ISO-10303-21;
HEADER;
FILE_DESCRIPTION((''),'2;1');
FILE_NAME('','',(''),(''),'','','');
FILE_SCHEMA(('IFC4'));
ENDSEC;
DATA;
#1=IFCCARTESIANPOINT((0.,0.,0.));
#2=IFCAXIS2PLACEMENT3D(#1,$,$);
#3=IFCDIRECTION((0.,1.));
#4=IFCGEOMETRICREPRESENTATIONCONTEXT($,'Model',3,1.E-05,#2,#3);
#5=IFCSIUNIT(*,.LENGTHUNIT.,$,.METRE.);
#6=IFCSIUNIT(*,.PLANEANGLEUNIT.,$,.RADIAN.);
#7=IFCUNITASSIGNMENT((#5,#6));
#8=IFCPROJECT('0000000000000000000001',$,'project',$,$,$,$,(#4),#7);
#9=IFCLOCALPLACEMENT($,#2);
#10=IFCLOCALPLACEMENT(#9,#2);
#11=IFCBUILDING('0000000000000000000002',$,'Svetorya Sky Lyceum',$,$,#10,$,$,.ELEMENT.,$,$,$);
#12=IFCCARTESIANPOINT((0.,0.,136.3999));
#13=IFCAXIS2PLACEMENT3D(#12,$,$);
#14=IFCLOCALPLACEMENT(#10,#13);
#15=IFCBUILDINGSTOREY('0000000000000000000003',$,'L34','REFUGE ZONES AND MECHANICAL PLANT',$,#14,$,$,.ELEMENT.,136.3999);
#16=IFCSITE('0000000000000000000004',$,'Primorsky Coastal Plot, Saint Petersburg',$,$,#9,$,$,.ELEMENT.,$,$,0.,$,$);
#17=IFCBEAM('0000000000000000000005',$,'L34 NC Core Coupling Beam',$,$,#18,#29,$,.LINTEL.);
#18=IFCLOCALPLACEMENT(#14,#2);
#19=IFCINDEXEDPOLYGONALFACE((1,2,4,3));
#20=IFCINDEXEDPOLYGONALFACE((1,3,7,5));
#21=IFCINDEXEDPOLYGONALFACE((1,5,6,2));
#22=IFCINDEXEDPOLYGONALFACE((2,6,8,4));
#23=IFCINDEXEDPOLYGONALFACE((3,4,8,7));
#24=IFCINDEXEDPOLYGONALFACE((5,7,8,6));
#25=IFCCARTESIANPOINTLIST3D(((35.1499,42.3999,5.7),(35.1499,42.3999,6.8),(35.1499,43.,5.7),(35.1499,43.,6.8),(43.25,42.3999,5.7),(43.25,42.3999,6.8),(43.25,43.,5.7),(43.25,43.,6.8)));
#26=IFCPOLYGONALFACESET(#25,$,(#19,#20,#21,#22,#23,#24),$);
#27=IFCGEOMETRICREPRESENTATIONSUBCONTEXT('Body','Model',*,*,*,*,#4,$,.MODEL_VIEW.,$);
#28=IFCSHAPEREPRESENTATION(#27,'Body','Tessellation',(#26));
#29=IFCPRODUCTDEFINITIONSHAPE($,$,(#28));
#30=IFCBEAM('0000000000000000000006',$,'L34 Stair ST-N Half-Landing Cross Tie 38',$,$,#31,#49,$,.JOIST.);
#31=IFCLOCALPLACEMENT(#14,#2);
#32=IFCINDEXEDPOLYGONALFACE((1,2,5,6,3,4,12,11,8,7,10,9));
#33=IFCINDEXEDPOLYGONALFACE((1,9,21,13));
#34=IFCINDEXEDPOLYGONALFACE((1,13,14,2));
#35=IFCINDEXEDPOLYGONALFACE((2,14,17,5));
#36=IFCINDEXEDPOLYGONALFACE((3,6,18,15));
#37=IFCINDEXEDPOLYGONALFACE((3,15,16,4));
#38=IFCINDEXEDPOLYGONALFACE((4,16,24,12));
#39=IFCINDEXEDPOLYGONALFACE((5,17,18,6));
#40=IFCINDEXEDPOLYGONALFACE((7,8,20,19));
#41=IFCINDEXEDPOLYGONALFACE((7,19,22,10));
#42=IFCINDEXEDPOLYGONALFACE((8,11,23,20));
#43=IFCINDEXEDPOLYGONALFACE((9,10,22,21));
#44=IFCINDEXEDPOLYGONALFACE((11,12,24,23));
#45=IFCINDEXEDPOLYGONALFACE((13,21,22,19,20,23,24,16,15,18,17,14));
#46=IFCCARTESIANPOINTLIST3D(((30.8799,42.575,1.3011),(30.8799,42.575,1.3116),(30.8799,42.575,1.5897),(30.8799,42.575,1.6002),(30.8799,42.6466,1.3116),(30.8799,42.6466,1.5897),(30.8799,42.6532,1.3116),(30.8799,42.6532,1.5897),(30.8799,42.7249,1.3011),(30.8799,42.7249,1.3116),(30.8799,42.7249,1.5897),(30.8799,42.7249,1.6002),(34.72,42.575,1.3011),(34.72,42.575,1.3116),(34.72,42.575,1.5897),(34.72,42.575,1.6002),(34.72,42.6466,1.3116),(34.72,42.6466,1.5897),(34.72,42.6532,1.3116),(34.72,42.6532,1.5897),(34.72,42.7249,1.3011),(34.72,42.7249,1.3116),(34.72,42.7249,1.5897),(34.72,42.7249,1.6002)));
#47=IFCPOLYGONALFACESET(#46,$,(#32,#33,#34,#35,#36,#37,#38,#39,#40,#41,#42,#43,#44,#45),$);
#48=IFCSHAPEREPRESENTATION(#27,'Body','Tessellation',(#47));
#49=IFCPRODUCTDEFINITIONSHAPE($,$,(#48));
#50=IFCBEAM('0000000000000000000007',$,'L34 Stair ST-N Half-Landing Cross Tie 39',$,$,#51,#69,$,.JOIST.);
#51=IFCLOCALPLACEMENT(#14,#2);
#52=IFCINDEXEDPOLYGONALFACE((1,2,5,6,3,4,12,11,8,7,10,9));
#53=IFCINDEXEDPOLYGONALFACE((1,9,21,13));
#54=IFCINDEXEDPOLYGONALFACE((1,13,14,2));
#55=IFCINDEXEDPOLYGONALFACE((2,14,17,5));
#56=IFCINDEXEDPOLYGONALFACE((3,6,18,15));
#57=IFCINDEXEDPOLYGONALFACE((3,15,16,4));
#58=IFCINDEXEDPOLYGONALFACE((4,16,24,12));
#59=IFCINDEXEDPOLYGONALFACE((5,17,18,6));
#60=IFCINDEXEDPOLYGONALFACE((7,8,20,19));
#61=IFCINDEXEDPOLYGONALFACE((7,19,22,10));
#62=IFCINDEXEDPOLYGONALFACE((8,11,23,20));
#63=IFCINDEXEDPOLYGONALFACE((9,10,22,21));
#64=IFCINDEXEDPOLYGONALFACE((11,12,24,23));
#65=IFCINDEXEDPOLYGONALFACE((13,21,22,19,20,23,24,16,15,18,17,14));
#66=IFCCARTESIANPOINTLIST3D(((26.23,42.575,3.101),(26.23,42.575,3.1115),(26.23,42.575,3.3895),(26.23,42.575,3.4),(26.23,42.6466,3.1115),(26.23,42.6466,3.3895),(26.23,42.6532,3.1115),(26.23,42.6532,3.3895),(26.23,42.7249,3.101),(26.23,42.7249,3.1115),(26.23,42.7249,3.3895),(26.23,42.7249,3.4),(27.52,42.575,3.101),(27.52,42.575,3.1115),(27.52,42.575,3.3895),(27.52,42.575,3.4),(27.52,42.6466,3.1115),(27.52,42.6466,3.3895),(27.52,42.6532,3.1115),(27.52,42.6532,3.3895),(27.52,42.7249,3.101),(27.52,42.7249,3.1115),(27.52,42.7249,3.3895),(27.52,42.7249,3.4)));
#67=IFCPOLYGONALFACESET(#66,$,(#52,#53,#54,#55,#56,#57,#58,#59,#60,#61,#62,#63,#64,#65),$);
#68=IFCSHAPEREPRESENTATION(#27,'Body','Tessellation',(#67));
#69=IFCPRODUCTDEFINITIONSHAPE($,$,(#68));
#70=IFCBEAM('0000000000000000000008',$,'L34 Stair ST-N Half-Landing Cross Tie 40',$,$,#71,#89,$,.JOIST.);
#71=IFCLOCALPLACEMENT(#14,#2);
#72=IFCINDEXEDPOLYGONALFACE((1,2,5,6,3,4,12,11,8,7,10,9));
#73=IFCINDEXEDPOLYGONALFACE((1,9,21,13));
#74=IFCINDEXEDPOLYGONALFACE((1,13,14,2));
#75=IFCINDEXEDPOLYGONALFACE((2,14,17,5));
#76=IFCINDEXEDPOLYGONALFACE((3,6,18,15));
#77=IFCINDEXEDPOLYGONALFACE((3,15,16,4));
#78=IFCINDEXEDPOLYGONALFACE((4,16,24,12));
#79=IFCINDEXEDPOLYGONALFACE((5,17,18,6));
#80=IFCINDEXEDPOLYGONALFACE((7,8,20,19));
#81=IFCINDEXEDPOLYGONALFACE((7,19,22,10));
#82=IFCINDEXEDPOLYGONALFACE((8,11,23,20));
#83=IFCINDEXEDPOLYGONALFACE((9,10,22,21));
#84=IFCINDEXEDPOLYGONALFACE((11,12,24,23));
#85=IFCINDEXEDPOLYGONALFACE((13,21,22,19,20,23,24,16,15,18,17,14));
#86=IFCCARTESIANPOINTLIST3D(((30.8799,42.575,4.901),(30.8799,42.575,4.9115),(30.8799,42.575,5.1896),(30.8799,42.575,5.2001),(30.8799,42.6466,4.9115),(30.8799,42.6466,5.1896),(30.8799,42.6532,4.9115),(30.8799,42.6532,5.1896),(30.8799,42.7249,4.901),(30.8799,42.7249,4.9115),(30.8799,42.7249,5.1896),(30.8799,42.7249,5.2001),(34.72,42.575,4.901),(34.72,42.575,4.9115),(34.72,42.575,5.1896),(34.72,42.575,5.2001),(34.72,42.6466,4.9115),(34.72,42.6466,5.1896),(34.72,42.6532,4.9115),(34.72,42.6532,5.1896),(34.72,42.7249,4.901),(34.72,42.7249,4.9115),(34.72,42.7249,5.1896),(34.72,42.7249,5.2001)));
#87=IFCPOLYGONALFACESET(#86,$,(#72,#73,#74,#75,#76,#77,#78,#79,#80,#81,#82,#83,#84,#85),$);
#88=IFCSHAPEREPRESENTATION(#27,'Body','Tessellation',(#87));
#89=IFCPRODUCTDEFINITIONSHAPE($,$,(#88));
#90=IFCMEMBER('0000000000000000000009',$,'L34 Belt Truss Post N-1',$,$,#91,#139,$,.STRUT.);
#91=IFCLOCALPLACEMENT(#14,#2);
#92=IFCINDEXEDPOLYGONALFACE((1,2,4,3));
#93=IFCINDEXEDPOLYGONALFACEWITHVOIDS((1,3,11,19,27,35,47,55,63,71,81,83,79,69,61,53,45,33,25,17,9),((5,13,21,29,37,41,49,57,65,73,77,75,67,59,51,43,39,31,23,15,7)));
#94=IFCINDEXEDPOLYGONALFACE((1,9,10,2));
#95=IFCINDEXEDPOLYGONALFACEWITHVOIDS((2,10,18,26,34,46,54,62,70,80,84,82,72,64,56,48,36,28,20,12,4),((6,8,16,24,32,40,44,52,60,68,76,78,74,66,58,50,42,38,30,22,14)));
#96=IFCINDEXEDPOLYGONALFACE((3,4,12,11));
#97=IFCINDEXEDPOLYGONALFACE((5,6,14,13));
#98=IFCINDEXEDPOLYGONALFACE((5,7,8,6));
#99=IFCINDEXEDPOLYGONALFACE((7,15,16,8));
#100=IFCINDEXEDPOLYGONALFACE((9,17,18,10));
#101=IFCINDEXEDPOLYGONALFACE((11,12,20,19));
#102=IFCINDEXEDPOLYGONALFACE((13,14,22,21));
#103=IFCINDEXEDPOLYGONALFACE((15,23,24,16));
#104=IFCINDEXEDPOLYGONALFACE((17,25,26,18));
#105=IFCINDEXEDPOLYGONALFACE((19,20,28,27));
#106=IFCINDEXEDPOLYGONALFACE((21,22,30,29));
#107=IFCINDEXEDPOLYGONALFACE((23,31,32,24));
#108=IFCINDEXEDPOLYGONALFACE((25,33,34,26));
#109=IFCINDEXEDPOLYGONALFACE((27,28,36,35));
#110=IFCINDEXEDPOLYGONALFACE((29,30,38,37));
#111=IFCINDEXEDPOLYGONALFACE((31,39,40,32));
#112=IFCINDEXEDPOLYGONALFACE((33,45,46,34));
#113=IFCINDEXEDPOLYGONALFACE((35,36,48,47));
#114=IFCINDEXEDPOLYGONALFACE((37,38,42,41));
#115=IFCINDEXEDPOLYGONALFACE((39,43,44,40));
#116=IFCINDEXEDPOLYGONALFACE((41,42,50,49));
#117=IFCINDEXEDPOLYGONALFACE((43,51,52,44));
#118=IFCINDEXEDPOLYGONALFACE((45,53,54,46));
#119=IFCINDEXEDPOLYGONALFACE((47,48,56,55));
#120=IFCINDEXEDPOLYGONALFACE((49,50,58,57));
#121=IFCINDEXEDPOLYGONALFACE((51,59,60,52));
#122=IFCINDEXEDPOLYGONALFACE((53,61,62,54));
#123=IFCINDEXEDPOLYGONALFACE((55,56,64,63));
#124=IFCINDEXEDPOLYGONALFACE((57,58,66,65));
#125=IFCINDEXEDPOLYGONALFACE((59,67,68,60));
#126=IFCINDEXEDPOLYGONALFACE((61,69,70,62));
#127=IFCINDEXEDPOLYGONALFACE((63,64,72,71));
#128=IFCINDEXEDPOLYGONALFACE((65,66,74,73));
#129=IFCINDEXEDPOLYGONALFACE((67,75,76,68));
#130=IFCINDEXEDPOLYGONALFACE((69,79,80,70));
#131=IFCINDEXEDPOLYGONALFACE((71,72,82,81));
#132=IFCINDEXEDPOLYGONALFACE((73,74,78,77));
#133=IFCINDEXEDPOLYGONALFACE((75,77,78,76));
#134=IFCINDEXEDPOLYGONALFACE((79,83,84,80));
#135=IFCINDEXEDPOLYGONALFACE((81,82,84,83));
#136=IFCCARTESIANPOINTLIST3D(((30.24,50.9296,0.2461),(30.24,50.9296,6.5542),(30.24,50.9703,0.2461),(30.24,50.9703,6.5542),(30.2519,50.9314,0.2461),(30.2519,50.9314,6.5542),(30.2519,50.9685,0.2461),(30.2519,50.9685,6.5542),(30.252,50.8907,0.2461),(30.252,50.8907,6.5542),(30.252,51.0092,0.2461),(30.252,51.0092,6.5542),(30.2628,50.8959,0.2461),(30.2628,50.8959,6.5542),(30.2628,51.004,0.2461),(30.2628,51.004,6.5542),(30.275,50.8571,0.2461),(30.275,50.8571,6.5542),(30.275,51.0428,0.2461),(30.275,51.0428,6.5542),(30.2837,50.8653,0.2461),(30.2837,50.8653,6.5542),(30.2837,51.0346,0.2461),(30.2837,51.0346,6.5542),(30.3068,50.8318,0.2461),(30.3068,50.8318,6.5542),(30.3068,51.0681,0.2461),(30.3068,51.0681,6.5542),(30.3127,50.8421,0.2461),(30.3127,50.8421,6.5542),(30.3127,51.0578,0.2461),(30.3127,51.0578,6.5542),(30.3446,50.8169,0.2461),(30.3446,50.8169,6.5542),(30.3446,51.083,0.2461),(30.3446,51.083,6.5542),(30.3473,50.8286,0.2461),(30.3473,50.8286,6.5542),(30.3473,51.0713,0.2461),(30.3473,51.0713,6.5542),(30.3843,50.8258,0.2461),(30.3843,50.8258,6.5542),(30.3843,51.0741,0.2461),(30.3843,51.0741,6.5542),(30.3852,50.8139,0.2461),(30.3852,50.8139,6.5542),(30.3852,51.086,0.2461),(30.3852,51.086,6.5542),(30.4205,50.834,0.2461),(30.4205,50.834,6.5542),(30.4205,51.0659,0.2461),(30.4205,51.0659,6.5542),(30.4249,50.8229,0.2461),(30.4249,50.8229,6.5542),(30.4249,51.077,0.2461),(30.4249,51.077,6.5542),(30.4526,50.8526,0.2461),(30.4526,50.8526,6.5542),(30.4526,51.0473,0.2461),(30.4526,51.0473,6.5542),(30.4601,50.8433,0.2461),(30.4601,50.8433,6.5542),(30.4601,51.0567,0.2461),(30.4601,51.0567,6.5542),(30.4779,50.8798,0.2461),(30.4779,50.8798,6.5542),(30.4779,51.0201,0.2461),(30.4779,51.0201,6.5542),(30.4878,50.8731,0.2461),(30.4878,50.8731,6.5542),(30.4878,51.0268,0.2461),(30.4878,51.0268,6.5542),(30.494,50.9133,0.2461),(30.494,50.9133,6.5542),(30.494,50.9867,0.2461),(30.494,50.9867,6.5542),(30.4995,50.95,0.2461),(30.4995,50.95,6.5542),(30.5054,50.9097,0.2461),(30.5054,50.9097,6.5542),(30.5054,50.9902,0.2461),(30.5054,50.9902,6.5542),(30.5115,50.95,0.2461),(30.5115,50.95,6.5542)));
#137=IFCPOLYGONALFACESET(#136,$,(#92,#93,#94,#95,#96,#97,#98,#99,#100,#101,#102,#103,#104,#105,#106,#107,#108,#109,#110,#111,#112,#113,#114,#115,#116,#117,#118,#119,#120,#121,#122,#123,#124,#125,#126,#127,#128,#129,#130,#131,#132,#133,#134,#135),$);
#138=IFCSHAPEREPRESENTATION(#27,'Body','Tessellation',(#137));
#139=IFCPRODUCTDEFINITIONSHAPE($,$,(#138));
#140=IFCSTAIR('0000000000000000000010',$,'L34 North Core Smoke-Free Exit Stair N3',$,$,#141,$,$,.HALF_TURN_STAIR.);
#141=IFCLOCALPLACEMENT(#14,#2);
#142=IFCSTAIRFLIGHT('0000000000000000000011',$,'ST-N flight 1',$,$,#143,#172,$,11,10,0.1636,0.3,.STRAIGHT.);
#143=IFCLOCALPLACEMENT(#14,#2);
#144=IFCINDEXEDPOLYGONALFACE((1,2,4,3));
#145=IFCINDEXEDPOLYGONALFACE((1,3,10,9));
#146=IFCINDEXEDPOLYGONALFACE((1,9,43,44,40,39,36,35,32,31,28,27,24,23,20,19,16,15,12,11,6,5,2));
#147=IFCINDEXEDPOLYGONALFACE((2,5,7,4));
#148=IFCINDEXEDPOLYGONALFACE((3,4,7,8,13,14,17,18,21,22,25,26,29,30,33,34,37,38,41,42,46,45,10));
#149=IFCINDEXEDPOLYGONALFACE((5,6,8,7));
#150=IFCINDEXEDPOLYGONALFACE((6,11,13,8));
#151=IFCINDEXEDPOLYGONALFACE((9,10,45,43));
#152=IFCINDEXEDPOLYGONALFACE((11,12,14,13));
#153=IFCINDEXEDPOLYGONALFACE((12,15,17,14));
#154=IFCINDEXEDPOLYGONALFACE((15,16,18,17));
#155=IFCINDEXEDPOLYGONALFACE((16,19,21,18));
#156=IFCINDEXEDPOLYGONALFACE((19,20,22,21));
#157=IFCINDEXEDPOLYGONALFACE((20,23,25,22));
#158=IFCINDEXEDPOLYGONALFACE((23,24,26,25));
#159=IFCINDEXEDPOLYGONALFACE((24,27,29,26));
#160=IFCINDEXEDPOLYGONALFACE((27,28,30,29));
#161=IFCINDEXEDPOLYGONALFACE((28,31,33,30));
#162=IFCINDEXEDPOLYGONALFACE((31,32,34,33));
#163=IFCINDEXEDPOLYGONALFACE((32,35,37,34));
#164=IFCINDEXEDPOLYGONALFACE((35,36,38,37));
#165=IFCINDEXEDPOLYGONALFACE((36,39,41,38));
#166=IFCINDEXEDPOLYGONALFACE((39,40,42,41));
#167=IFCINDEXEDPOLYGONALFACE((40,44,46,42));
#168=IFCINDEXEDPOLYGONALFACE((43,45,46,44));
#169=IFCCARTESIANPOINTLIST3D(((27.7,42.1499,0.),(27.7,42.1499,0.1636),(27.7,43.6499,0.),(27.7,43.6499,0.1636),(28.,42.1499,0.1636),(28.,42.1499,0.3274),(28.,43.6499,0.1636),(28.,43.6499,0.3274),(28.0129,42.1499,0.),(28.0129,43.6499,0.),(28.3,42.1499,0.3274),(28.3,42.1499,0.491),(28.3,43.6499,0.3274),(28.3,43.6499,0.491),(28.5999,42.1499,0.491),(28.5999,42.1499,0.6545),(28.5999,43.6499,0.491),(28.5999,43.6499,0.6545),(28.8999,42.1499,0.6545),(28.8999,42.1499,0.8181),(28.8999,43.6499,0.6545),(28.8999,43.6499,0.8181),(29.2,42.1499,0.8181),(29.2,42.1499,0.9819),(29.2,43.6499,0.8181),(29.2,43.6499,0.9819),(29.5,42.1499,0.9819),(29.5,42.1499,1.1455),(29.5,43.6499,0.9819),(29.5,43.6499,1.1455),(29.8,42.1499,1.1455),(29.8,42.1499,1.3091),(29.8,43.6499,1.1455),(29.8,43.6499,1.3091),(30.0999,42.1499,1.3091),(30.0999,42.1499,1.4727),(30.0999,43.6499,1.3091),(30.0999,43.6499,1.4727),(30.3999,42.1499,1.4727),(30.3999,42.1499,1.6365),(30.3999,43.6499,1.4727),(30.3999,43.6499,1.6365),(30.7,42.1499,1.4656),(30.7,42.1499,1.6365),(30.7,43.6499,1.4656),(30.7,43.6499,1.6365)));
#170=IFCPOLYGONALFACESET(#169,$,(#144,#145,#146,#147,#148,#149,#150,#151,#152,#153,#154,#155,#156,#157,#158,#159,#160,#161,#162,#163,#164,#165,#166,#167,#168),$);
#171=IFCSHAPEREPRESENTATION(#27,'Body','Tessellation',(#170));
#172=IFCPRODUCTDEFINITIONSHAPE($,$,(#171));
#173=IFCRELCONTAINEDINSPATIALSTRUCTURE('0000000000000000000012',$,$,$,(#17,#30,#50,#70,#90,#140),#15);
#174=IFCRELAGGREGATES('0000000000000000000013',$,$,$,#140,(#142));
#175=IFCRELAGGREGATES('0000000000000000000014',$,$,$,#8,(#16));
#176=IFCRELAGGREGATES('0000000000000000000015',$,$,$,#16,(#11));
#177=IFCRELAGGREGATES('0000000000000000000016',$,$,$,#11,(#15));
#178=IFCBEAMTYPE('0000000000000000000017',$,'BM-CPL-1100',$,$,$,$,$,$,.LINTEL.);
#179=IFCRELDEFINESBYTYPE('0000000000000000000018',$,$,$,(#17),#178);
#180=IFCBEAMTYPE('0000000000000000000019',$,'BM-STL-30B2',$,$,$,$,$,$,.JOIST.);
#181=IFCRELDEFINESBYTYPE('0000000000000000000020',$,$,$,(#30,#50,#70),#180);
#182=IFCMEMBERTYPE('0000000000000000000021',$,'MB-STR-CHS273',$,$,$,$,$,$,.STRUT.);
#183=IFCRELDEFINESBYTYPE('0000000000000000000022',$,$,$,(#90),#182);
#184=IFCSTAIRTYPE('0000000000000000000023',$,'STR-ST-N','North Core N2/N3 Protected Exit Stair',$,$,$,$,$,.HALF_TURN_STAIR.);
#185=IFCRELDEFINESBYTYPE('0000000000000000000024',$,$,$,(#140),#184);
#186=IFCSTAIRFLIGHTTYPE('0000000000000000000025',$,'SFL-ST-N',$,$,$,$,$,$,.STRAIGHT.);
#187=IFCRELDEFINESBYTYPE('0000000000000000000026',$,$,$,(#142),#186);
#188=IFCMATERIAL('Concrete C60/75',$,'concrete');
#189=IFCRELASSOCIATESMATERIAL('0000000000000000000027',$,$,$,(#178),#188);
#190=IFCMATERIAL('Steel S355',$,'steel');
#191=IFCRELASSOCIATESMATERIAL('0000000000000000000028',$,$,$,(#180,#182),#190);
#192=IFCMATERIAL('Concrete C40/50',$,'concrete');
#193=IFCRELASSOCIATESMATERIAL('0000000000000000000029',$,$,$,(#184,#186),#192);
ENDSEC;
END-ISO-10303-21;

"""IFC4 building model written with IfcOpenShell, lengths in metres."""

from ifc_helpers import new_model, si_unit, direction, frame, origin, origin_2d, place, context, subcontext, project, spatial, polyline, rectangle, hollow_circle, i_section, outline, extrude, material, material_profile, profile_set, type_object, element, aggregate, save


model = new_model("IFC4")

# Units and contexts
model_context = context("Model", 3, precision=1e-05, world=origin(), true_north=direction((0.0, 1.0)))
body_context = subcontext(model_context, "Body", "Model", "MODEL_VIEW")
ifc_project = project(units=[si_unit("LENGTHUNIT", "METRE"), si_unit("PLANEANGLEUNIT", "RADIAN")], contexts=[model_context])

# Site, building, storey
site_placement = place(None, origin())
site = spatial("IfcSite", under=ifc_project, at=site_placement, Name="Primorsky Coastal Plot, Saint Petersburg", CompositionType="ELEMENT", RefElevation=0.0)
building_placement = place(site_placement, origin())
building = spatial("IfcBuilding", under=site, at=building_placement, Name="Svetorya Sky Lyceum", CompositionType="ELEMENT")
storey_placement = place(building_placement, frame((0.0, 0.0, 136.3999)))
storey = spatial("IfcBuildingStorey", under=building, at=storey_placement, Name="L34", Description="REFUGE ZONES AND MECHANICAL PLANT", CompositionType="ELEMENT", Elevation=136.3999)

# Beams
ifc_material_1 = material(Name="Concrete C60/75", Category="concrete")
ifc_material_profile_1 = material_profile(ifc_material_1, rectangle(XDim=0.6001, YDim=1.1001, at=origin_2d()), Name="RC COUPLING 600x1100")
ifc_profile_set_1 = profile_set([ifc_material_profile_1], Name="Concrete C60/75")
beam_type_1 = type_object("IfcBeamType", Name="BM-CPL-1100", PredefinedType="LINTEL", material=ifc_profile_set_1)
beam_1_placement = place(storey_placement, frame((35.1499, 42.7, 6.25), z_axis=(1.0, 0.0, 0.0), x_axis=(0.0, 1.0, 0.0)))
element("IfcBeam", 1, at=beam_1_placement, inside=storey, type_object=beam_type_1, Name="L34 NC Core Coupling Beam", PredefinedType="LINTEL", context=body_context, shape_type="SweptSolid", body=[
    extrude(rectangle(XDim=0.6001, YDim=1.1001, at=origin_2d()), origin(), (0.0, 0.0, 1.0), 8.1001),
])
ifc_material_2 = material(Name="Steel S355", Category="steel")
ifc_material_profile_2 = material_profile(ifc_material_2, i_section(OverallWidth=0.1499, OverallDepth=0.2991, WebThickness=0.0066, FlangeThickness=0.0105, at=origin_2d()), Name="GOST 30B2")
ifc_profile_set_2 = profile_set([ifc_material_profile_2], Name="Steel S355")
beam_type_2 = type_object("IfcBeamType", Name="BM-STL-30B2", PredefinedType="JOIST", material=ifc_profile_set_2)
beam_2_placement = place(storey_placement, frame((30.8799, 42.6499, 1.4507), z_axis=(1.0, 0.0, 0.0), x_axis=(0.0, 1.0, 0.0)))
element("IfcBeam", 2, at=beam_2_placement, inside=storey, type_object=beam_type_2, Name="L34 Stair ST-N Half-Landing Cross Tie 38", PredefinedType="JOIST", context=body_context, shape_type="SweptSolid", body=[
    extrude(i_section(OverallWidth=0.1499, OverallDepth=0.2991, WebThickness=0.0066, FlangeThickness=0.0105, at=origin_2d()), origin(), (0.0, 0.0, 1.0), 3.8401),
])
beam_3_placement = place(storey_placement, frame((26.23, 42.6499, 3.2505), z_axis=(1.0, 0.0, 0.0), x_axis=(0.0, 1.0, 0.0)))
element("IfcBeam", 3, at=beam_3_placement, inside=storey, type_object=beam_type_2, Name="L34 Stair ST-N Half-Landing Cross Tie 39", PredefinedType="JOIST", context=body_context, shape_type="SweptSolid", body=[
    extrude(i_section(OverallWidth=0.1499, OverallDepth=0.2991, WebThickness=0.0066, FlangeThickness=0.0105, at=origin_2d()), origin(), (0.0, 0.0, 1.0), 1.29),
])
beam_4_placement = place(storey_placement, frame((30.8799, 42.6499, 5.0505), z_axis=(1.0, 0.0, 0.0), x_axis=(0.0, 1.0, 0.0)))
element("IfcBeam", 4, at=beam_4_placement, inside=storey, type_object=beam_type_2, Name="L34 Stair ST-N Half-Landing Cross Tie 40", PredefinedType="JOIST", context=body_context, shape_type="SweptSolid", body=[
    extrude(i_section(OverallWidth=0.1499, OverallDepth=0.2991, WebThickness=0.0066, FlangeThickness=0.0105, at=origin_2d()), origin(), (0.0, 0.0, 1.0), 3.8401),
])

# Member
ifc_material_profile_3 = material_profile(ifc_material_2, hollow_circle(Radius=0.1365, WallThickness=0.012, at=origin_2d()), Name="CHS 273x12")
ifc_profile_set_3 = profile_set([ifc_material_profile_3], Name="Steel S355")
member_type = type_object("IfcMemberType", Name="MB-STR-CHS273", PredefinedType="STRUT", material=ifc_profile_set_3)
member_placement = place(storey_placement, frame((30.375, 50.95, 0.2461), z_axis=(0.0, 0.0, 1.0), x_axis=(1.0, 0.0, 0.0)))
element("IfcMember", 5, at=member_placement, inside=storey, type_object=member_type, Name="L34 Belt Truss Post N-1", PredefinedType="STRUT", context=body_context, shape_type="SweptSolid", body=[
    extrude(hollow_circle(Radius=0.1365, WallThickness=0.012, at=origin_2d()), origin(), (0.0, 0.0, 1.0), 6.3081),
])

# Stair, stair flight
ifc_material_3 = material(Name="Concrete C40/50", Category="concrete")
stair_type = type_object("IfcStairType", Name="STR-ST-N", Description="North Core N2/N3 Protected Exit Stair", PredefinedType="HALF_TURN_STAIR", material=ifc_material_3)
stair_placement = place(storey_placement, origin())
stair = element("IfcStair", 6, at=stair_placement, inside=storey, type_object=stair_type, Name="L34 North Core Smoke-Free Exit Stair N3", PredefinedType="HALF_TURN_STAIR")
stair_flight_type = type_object("IfcStairFlightType", Name="SFL-ST-N", PredefinedType="STRAIGHT", material=ifc_material_3)
stair_flight_1_placement = place(storey_placement, frame((27.7, 42.8999, 0.0), z_axis=(0.0, 0.0, 1.0), x_axis=(1.0, 0.0, 0.0)))
stair_flight_1 = element("IfcStairFlight", 7, at=stair_flight_1_placement, type_object=stair_flight_type, Name="ST-N flight 1", NumberOfRisers=11, NumberOfTreads=10, PredefinedType="STRAIGHT", RiserHeight=0.1636, TreadLength=0.3, context=body_context, shape_type="SweptSolid", body=[
    extrude(outline(polyline([(0.0, 0.0), (0.0, 0.1636), (0.3, 0.1636), (0.3, 0.3274), (0.6001, 0.3274), (0.6001, 0.491), (0.8999, 0.491), (0.8999, 0.6545), (1.2, 0.6545), (1.2, 0.8181), (1.5, 0.8181), (1.5, 0.9819), (1.8, 0.9819), (1.8, 1.1455), (2.1001, 1.1455), (2.1001, 1.3091), (2.3999, 1.3091), (2.3999, 1.4727), (2.7, 1.4727), (2.7, 1.6365), (3.0, 1.6365), (3.0, 1.8), (3.0, 1.4656), (0.313, 0.0), (0.0, 0.0)])), frame((0.0, 0.75, 0.0), z_axis=(0.0, -1.0, 0.0), x_axis=(1.0, 0.0, 0.0)), (0.0, 0.0, 1.0), 1.5),
])
aggregate(stair, [stair_flight_1])

save(model, "model.ifc")
